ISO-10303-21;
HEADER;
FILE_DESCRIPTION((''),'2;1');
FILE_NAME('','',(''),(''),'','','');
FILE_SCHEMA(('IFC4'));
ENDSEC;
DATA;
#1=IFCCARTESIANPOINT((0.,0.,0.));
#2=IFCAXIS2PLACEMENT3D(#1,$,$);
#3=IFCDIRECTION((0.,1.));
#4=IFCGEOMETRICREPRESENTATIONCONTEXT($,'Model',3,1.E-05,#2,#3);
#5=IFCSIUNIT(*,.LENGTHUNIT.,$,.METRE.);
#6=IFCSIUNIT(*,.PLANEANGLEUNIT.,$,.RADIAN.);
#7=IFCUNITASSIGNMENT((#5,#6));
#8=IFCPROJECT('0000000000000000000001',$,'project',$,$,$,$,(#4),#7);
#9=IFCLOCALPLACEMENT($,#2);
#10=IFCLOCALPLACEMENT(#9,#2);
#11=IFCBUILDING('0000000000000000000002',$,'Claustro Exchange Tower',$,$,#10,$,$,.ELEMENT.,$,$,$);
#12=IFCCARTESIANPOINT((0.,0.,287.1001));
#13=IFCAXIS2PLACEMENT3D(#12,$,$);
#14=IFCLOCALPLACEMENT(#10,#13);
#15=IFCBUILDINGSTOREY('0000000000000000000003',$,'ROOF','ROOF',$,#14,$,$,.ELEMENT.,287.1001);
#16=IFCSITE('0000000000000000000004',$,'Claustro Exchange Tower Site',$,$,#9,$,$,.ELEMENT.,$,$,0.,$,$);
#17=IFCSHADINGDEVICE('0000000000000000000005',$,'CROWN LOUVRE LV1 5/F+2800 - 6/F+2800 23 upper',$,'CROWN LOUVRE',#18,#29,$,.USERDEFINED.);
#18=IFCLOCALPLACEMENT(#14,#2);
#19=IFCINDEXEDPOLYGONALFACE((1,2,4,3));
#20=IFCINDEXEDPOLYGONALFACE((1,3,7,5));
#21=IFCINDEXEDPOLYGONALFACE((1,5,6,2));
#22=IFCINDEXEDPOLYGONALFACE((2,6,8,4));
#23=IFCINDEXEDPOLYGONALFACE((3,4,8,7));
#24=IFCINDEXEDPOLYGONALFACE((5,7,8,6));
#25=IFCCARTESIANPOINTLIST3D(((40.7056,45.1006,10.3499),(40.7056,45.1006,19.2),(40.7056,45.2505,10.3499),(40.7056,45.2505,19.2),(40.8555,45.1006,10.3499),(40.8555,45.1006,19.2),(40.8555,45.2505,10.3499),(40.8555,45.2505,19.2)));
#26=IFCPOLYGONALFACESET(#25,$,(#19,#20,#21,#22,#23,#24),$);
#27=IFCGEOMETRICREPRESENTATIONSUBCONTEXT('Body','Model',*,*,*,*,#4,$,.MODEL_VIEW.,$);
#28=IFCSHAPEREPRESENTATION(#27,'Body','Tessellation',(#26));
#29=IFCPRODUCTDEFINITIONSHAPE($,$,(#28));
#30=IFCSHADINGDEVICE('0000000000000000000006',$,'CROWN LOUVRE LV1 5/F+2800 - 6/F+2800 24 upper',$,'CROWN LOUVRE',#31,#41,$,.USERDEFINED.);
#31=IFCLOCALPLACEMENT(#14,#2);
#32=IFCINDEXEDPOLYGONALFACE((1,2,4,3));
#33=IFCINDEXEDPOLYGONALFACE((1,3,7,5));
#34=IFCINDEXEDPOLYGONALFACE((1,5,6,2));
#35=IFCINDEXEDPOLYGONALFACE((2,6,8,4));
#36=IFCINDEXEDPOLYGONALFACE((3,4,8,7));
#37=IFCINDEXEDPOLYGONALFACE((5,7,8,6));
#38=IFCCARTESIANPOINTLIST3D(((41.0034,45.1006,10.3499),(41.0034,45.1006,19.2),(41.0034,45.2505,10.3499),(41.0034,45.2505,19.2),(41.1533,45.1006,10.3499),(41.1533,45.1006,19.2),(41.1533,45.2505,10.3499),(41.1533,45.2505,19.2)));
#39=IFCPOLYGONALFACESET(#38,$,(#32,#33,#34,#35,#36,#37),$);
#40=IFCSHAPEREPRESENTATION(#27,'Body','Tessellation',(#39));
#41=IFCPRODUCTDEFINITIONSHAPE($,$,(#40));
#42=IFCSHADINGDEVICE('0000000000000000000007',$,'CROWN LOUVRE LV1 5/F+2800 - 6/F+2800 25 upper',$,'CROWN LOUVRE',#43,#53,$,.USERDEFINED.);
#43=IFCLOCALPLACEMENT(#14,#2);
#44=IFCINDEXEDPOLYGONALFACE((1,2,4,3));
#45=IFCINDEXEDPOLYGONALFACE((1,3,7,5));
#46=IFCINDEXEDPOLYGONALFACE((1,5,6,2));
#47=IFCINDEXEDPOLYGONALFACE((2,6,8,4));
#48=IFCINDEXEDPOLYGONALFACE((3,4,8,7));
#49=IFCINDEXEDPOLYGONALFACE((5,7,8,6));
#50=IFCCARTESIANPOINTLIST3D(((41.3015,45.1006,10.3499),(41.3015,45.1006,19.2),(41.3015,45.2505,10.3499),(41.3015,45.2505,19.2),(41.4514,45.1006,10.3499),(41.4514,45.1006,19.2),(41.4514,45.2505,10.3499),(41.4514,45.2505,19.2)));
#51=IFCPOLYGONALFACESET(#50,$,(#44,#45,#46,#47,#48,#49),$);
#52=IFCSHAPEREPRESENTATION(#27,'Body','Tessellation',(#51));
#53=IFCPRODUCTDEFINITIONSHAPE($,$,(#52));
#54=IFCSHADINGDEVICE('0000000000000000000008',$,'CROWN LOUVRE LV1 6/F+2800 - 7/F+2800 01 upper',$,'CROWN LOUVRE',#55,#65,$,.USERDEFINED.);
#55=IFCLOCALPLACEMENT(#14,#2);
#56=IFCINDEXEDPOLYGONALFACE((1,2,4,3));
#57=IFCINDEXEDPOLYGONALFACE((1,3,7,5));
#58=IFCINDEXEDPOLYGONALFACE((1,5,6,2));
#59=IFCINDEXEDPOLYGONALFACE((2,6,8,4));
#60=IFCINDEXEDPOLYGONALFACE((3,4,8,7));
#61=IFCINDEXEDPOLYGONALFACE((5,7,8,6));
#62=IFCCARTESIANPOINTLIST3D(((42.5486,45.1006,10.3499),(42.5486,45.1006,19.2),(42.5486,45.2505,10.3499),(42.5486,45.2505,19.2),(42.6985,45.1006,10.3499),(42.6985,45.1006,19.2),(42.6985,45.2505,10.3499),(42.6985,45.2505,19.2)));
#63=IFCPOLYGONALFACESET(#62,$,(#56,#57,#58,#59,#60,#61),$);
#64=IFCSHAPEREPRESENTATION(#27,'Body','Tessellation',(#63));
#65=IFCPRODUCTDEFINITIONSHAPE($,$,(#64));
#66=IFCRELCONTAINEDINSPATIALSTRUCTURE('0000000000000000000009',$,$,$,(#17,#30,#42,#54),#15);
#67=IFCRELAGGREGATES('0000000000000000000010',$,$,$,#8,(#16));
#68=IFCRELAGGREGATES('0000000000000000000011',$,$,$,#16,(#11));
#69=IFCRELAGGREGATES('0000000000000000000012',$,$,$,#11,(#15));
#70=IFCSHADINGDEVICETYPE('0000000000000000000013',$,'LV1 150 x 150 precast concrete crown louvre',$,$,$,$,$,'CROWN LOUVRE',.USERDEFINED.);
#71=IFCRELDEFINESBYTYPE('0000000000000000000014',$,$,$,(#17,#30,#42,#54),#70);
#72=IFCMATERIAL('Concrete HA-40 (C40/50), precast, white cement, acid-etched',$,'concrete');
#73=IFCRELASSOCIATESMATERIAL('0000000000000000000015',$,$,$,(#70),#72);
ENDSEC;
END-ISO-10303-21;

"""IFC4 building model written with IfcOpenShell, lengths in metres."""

from ifc_helpers import new_model, si_unit, direction, frame, origin, origin_2d, place, context, subcontext, project, spatial, rectangle, extrude, material, type_object, element, save


model = new_model("IFC4")

# Units and contexts
model_context = context("Model", 3, precision=1e-05, world=origin(), true_north=direction((0.0, 1.0)))
body_context = subcontext(model_context, "Body", "Model", "MODEL_VIEW")
ifc_project = project(units=[si_unit("LENGTHUNIT", "METRE"), si_unit("PLANEANGLEUNIT", "RADIAN")], contexts=[model_context])

# Site, building, storey
site_placement = place(None, origin())
site = spatial("IfcSite", under=ifc_project, at=site_placement, Name="Claustro Exchange Tower Site", CompositionType="ELEMENT", RefElevation=0.0)
building_placement = place(site_placement, origin())
building = spatial("IfcBuilding", under=site, at=building_placement, Name="Claustro Exchange Tower", CompositionType="ELEMENT")
storey_placement = place(building_placement, frame((0.0, 0.0, 287.1001)))
storey = spatial("IfcBuildingStorey", under=building, at=storey_placement, Name="ROOF", Description="ROOF", CompositionType="ELEMENT", Elevation=287.1001)

# Shading devices
ifc_material_1 = material(Name="Concrete HA-40 (C40/50), precast, white cement, acid-etched", Category="concrete")
shading_device_type = type_object("IfcShadingDeviceType", Name="LV1 150 x 150 precast concrete crown louvre", ElementType="CROWN LOUVRE", PredefinedType="USERDEFINED", material=ifc_material_1)
for number, where, z_axis, x_axis, name in (
    (1, (40.7805, 45.1755, 10.3499), (0.0, 0.0, 1.0), (1.0, 0.0, 0.0), "CROWN LOUVRE LV1 5/F+2800 - 6/F+2800 23 upper"),
    (2, (41.0784, 45.1755, 10.3499), (0.0, 0.0, 1.0), (1.0, 0.0, 0.0), "CROWN LOUVRE LV1 5/F+2800 - 6/F+2800 24 upper"),
    (3, (41.3765, 45.1755, 10.3499), (0.0, 0.0, 1.0), (1.0, 0.0, 0.0), "CROWN LOUVRE LV1 5/F+2800 - 6/F+2800 25 upper"),
    (4, (42.6235, 45.1755, 10.3499), (0.0, 0.0, 1.0), (1.0, 0.0, 0.0), "CROWN LOUVRE LV1 6/F+2800 - 7/F+2800 01 upper"),
):
    element("IfcShadingDevice", number, at=place(storey_placement, frame(where, z_axis=z_axis, x_axis=x_axis)), inside=storey, type_object=shading_device_type, Name=name, ObjectType="CROWN LOUVRE", PredefinedType="USERDEFINED", context=body_context, shape_type="SweptSolid", body=[
        extrude(rectangle(XDim=0.1499, YDim=0.1499, at=origin_2d()), origin(), (0.0, 0.0, 1.0), 8.8501),
    ])

save(model, "model.ifc")
